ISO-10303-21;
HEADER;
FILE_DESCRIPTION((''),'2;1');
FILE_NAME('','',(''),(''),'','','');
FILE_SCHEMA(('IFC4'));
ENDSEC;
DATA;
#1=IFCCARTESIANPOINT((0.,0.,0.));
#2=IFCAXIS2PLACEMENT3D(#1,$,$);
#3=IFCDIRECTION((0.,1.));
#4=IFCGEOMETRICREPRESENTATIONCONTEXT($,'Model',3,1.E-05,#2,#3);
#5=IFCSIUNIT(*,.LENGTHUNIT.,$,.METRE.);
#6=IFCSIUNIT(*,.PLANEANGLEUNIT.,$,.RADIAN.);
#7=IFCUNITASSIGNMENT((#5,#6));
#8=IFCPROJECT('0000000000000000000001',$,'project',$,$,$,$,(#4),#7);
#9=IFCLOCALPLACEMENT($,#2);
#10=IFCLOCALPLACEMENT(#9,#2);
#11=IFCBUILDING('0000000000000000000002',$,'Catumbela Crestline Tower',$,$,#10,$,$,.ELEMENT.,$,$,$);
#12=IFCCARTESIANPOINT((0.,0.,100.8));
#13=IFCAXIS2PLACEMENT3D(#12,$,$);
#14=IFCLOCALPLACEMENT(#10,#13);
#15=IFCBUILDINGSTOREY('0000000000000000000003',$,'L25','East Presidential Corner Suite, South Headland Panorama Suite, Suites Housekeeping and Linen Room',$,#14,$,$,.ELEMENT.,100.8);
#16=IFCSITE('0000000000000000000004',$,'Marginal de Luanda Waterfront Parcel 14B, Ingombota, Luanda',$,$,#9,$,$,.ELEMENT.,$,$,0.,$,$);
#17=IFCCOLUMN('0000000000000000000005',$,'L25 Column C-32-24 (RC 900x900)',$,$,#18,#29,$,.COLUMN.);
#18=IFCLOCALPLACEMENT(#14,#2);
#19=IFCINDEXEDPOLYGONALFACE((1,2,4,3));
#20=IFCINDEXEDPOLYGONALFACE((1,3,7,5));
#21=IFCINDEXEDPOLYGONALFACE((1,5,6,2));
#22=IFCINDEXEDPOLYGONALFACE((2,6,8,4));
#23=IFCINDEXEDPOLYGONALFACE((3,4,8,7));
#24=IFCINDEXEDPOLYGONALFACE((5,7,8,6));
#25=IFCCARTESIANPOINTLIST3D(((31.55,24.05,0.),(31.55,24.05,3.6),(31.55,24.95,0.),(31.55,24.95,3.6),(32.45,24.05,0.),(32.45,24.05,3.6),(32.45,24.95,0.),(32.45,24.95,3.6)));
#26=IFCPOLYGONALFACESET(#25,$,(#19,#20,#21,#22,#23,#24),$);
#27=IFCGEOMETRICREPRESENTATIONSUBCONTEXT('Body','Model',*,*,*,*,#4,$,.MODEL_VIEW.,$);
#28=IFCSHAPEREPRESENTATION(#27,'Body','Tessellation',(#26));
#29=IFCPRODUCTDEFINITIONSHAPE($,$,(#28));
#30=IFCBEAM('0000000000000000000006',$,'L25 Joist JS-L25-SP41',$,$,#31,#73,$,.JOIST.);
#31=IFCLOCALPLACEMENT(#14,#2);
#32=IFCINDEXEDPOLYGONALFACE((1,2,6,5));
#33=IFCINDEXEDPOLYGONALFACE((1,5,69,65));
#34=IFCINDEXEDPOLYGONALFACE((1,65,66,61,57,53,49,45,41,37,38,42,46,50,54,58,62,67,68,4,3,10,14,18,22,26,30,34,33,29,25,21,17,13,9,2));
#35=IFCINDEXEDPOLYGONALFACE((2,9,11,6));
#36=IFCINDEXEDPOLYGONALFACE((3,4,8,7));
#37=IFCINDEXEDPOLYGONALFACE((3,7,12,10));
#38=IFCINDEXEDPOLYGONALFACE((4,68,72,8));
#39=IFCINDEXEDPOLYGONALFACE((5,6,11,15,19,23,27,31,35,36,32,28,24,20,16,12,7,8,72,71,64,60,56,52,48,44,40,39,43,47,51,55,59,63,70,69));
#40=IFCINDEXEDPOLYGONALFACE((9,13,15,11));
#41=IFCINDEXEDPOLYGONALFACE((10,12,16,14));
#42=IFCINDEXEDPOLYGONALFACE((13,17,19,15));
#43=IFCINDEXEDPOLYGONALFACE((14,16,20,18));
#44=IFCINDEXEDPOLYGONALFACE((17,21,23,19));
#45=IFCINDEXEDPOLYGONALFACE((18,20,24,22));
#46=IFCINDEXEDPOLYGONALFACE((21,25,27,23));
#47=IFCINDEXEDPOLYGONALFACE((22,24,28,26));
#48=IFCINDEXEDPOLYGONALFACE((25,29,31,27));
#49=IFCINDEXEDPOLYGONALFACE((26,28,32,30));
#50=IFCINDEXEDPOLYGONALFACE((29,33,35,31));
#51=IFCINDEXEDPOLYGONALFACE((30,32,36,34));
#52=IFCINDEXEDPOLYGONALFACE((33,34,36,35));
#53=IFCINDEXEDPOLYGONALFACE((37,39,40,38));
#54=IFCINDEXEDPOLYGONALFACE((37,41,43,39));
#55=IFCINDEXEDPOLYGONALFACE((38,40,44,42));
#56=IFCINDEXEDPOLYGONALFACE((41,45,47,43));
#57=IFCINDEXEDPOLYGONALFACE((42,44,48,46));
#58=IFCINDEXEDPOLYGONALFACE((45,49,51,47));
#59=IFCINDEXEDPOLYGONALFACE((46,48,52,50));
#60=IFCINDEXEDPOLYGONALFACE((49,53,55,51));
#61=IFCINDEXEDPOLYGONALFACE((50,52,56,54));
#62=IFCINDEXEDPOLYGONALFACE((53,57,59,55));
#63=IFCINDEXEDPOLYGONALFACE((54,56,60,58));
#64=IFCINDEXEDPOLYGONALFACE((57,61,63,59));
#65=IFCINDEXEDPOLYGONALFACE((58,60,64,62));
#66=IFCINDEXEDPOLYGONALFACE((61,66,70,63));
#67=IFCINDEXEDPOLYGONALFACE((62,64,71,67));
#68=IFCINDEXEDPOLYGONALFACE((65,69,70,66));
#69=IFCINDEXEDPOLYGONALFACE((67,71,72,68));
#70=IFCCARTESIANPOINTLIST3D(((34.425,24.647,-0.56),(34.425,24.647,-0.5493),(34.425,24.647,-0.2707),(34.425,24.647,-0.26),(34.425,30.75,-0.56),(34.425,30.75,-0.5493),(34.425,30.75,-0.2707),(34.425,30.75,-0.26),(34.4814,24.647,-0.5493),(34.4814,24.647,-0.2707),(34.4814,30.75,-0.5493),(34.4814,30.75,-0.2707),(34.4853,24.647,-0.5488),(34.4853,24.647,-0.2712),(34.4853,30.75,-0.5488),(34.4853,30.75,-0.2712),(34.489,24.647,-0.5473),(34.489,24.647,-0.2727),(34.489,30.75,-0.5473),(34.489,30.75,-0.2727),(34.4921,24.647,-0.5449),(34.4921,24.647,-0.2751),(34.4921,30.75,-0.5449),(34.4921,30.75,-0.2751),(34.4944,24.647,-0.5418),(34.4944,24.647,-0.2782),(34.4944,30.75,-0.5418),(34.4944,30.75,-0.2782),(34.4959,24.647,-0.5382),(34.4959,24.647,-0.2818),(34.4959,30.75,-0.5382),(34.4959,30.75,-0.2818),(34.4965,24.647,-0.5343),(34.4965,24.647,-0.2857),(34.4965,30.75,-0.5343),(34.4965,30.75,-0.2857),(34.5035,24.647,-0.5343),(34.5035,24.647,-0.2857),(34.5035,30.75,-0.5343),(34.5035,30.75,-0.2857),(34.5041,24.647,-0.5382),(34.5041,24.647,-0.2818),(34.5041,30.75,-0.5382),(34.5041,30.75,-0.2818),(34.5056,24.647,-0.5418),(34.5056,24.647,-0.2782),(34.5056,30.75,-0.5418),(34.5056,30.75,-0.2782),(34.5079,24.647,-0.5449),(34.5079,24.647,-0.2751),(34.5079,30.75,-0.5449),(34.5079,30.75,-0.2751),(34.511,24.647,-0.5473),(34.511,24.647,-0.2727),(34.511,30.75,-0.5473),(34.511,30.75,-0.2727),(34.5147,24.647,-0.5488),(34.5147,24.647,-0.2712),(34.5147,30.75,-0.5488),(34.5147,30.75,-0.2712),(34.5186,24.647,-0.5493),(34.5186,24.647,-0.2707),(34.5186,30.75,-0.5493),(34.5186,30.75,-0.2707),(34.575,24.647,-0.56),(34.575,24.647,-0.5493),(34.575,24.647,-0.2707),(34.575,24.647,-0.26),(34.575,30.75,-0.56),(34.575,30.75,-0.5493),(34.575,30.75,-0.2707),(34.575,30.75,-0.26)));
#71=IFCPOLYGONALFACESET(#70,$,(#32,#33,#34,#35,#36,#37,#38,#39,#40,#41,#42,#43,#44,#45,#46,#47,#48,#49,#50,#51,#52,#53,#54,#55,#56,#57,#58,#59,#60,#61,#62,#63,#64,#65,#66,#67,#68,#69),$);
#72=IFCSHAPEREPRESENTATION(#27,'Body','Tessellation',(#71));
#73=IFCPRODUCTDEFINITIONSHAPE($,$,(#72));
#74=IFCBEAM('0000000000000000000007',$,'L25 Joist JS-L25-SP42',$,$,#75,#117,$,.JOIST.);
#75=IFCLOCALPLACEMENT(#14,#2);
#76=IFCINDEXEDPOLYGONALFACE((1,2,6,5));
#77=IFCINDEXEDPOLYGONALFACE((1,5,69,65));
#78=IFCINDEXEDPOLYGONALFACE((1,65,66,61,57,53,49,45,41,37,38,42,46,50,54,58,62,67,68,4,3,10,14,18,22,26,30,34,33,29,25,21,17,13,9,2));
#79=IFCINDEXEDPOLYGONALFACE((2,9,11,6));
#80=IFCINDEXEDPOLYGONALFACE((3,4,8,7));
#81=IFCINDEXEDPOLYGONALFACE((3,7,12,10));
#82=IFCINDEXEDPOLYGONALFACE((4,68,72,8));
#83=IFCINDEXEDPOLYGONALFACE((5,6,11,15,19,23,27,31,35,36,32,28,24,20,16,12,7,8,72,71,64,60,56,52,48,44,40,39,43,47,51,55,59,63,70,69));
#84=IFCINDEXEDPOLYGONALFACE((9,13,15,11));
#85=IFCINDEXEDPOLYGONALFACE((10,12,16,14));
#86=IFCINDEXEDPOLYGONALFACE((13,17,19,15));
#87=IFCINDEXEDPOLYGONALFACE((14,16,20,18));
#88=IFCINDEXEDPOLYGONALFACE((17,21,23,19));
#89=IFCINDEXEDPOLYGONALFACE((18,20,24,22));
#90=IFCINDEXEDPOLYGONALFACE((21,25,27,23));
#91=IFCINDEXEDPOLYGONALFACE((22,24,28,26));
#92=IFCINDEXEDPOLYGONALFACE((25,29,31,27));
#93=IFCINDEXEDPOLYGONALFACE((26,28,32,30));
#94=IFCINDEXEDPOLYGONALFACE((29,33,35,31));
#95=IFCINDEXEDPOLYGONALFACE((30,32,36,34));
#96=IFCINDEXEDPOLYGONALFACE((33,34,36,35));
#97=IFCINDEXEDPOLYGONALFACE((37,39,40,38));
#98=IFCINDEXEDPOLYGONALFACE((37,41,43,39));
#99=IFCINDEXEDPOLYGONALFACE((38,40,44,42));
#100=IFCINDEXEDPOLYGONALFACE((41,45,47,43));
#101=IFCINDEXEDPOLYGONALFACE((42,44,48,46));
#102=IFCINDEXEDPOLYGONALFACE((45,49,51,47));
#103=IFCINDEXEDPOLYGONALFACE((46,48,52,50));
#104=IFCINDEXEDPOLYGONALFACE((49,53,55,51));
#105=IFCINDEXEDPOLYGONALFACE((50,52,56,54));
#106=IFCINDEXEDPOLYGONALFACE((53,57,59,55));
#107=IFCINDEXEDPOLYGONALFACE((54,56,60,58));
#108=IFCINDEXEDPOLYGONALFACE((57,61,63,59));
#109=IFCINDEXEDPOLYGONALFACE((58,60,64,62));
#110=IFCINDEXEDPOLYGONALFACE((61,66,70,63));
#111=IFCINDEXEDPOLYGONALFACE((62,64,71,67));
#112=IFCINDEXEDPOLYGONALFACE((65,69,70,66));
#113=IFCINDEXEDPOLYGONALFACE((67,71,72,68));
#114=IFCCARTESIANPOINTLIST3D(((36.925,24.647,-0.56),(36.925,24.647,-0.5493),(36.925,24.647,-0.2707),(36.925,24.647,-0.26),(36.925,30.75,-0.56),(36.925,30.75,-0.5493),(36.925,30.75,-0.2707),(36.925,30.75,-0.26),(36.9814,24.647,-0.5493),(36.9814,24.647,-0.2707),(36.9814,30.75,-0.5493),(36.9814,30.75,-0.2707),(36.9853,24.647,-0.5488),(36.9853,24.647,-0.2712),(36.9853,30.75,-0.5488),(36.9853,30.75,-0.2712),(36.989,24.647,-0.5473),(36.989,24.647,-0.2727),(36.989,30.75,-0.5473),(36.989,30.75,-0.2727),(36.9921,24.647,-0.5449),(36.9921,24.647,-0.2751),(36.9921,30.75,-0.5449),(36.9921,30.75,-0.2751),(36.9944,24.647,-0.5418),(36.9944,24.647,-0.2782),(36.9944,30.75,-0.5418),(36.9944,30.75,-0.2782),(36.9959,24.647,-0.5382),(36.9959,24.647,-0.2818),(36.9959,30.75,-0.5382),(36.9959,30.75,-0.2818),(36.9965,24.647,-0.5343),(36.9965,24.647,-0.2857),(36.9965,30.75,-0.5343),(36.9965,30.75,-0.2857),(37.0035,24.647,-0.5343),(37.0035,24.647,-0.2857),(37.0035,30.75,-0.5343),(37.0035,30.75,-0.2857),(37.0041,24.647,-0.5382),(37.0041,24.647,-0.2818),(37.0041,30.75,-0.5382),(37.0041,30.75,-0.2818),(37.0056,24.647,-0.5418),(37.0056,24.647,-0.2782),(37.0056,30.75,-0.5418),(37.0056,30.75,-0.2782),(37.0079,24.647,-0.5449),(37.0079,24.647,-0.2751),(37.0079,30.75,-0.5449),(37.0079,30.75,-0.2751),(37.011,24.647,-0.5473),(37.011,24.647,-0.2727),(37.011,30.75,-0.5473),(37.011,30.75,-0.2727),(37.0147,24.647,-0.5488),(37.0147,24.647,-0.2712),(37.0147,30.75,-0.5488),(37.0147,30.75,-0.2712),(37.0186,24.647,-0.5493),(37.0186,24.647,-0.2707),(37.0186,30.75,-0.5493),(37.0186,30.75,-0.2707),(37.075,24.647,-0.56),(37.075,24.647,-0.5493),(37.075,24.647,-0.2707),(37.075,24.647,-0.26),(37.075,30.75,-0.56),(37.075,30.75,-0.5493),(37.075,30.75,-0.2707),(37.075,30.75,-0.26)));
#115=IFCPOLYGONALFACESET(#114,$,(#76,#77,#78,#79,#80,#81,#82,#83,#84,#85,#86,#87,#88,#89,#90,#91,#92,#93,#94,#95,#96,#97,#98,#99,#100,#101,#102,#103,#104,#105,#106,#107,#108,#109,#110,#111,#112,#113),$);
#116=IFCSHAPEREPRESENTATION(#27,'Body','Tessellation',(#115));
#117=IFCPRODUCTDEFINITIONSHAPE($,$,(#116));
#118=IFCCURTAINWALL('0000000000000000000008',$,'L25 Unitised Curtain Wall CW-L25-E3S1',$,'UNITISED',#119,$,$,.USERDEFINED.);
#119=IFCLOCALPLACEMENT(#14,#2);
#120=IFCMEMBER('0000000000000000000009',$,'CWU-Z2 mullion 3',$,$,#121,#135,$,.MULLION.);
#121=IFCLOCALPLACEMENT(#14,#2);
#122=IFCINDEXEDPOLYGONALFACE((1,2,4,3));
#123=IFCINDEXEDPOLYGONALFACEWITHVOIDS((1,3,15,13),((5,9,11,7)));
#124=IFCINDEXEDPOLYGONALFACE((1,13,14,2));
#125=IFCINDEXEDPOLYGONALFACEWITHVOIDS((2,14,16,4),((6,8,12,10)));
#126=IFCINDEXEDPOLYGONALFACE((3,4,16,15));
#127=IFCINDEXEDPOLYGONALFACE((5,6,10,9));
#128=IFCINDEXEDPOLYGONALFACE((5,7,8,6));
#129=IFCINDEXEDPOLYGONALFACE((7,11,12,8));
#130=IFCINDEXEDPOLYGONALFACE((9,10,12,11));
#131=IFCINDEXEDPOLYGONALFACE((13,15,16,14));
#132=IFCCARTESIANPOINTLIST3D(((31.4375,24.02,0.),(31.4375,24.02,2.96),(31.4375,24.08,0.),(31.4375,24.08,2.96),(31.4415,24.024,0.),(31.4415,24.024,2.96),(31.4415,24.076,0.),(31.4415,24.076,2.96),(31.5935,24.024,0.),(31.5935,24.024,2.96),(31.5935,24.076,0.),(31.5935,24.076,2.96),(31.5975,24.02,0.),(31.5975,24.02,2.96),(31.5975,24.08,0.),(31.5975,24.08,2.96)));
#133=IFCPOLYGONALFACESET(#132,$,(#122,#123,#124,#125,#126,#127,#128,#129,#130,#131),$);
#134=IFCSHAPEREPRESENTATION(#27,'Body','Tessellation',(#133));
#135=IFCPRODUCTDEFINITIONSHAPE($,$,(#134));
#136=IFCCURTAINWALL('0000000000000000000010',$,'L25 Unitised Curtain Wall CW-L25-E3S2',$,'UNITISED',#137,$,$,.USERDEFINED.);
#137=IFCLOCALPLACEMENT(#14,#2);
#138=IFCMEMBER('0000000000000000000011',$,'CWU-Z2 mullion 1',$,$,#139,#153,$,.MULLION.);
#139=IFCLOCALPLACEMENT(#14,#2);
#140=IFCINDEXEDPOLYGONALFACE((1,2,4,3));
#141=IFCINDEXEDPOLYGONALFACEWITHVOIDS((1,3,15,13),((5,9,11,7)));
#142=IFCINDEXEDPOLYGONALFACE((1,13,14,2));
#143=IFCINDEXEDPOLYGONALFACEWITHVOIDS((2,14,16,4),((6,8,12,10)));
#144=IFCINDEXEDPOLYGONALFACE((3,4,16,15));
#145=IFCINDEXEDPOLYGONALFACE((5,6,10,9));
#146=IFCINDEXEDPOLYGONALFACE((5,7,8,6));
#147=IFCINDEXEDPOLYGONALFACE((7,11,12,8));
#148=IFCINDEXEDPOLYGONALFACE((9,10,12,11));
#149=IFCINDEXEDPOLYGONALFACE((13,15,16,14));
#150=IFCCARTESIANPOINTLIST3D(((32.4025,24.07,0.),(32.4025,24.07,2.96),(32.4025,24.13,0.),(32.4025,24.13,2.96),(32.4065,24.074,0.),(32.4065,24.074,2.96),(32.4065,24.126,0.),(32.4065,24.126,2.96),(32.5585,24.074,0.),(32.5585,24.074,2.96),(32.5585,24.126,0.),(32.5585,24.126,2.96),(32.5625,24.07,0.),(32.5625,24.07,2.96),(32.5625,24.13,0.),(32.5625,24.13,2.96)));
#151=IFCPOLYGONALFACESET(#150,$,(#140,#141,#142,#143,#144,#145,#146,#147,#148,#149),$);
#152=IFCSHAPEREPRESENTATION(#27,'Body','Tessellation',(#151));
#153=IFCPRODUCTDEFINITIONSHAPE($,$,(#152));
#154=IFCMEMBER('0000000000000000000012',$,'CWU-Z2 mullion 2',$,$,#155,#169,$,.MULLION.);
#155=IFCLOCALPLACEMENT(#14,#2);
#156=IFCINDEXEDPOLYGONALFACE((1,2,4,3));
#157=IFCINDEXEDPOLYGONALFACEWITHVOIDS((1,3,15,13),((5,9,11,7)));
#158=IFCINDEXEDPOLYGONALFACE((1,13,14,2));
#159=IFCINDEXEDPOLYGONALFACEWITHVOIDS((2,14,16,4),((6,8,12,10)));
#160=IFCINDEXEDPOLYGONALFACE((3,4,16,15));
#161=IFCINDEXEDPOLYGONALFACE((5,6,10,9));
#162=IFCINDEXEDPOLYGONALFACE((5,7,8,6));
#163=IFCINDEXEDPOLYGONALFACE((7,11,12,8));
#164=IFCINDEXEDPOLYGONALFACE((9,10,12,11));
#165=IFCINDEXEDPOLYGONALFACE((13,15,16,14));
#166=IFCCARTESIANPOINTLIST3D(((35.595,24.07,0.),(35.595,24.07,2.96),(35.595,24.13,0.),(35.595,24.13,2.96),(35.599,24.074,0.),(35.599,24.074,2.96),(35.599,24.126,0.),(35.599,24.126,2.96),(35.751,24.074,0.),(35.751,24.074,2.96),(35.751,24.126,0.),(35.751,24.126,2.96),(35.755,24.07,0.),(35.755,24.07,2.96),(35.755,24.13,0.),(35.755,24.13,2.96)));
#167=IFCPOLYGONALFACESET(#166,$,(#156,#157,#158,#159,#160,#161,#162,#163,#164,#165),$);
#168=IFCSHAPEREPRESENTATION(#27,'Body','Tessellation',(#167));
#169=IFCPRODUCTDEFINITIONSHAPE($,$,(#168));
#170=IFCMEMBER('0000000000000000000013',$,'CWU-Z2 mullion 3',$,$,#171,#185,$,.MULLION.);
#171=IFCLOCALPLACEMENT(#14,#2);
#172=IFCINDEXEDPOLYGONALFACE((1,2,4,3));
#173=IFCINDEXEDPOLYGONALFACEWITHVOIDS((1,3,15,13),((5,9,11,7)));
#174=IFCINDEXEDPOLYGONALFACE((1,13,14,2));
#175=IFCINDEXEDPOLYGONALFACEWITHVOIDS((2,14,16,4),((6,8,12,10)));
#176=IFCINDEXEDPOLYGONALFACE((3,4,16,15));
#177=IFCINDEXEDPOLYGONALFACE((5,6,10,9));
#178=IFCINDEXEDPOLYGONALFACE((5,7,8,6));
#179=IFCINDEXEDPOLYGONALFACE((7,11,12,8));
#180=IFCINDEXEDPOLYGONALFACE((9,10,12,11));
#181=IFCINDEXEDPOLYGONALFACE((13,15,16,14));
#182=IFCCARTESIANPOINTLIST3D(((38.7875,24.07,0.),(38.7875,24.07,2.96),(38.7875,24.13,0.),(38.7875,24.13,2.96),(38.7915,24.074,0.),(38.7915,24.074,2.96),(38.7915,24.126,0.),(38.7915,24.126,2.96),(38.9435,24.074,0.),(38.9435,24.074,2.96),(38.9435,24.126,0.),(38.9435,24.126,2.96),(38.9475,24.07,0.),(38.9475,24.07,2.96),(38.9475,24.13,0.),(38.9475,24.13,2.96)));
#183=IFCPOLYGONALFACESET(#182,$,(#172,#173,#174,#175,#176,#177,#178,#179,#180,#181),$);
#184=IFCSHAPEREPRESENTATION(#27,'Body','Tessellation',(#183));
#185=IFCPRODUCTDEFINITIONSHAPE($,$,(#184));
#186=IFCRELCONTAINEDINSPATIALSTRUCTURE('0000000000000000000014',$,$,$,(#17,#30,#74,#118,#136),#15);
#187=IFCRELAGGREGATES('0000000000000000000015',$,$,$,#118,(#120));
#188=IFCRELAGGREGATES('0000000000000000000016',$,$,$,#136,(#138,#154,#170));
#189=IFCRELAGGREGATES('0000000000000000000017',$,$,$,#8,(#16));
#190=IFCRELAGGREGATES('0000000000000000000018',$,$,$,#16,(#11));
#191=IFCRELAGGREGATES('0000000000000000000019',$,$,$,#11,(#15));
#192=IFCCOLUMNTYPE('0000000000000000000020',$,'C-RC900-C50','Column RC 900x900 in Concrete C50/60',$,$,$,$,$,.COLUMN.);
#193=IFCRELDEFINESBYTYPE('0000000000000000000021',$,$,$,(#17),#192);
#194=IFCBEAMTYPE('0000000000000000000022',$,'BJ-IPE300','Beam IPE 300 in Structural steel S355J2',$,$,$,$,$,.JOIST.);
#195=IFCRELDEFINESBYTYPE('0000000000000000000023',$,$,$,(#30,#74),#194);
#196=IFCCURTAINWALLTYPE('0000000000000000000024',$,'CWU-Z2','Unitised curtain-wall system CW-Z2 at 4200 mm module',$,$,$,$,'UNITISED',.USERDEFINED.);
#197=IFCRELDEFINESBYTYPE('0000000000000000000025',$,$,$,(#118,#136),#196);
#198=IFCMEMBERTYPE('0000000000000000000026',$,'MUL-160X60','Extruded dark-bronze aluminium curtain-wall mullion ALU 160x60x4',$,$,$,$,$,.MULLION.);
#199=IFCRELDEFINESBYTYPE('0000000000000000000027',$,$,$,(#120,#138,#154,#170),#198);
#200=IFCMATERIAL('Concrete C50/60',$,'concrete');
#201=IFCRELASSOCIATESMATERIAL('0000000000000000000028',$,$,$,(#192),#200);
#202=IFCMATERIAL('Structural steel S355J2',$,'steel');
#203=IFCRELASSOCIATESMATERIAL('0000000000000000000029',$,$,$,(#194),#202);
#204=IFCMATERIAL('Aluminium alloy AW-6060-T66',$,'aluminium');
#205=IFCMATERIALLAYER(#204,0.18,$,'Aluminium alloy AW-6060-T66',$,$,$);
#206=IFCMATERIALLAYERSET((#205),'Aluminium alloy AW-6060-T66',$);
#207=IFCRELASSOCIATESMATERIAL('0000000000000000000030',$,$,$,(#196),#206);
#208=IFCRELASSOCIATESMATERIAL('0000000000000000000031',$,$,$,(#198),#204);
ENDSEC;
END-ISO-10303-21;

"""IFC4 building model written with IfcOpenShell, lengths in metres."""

from ifc_helpers import new_model, si_unit, direction, frame, origin, origin_2d, place, context, subcontext, project, spatial, rectangle, hollow_rectangle, i_section, extrude, material, layer, layer_set, material_profile, profile_set, type_object, element, aggregate, save


model = new_model("IFC4")

# Units and contexts
model_context = context("Model", 3, precision=1e-05, world=origin(), true_north=direction((0.0, 1.0)))
body_context = subcontext(model_context, "Body", "Model", "MODEL_VIEW")
ifc_project = project(units=[si_unit("LENGTHUNIT", "METRE"), si_unit("PLANEANGLEUNIT", "RADIAN")], contexts=[model_context])

# Site, building, storey
site_placement = place(None, origin())
site = spatial("IfcSite", under=ifc_project, at=site_placement, Name="Marginal de Luanda Waterfront Parcel 14B, Ingombota, Luanda", CompositionType="ELEMENT", RefElevation=0.0)
building_placement = place(site_placement, origin())
building = spatial("IfcBuilding", under=site, at=building_placement, Name="Catumbela Crestline Tower", CompositionType="ELEMENT")
storey_placement = place(building_placement, frame((0.0, 0.0, 100.8)))
storey = spatial("IfcBuildingStorey", under=building, at=storey_placement, Name="L25", Description="East Presidential Corner Suite, South Headland Panorama Suite, Suites Housekeeping and Linen Room", CompositionType="ELEMENT", Elevation=100.8)

# Column
ifc_material_1 = material(Name="Concrete C50/60", Category="concrete")
ifc_material_profile_1 = material_profile(ifc_material_1, rectangle(XDim=0.9, YDim=0.9, at=origin_2d()), Name="RC 900x900")
ifc_profile_set_1 = profile_set([ifc_material_profile_1], Name="Concrete C50/60")
column_type = type_object("IfcColumnType", Name="C-RC900-C50", Description="Column RC 900x900 in Concrete C50/60", PredefinedType="COLUMN", material=ifc_profile_set_1)
column_placement = place(storey_placement, frame((32.0, 24.5, 0.0), z_axis=(0.0, 0.0, 1.0), x_axis=(1.0, 0.0, 0.0)))
element("IfcColumn", 1, at=column_placement, inside=storey, type_object=column_type, Name="L25 Column C-32-24 (RC 900x900)", PredefinedType="COLUMN", context=body_context, shape_type="SweptSolid", body=[
    extrude(rectangle(XDim=0.9, YDim=0.9, at=origin_2d()), origin(), (0.0, 0.0, 1.0), 3.6),
])

# Beams
ifc_material_2 = material(Name="Structural steel S355J2", Category="steel")
ifc_material_profile_2 = material_profile(ifc_material_2, i_section(OverallWidth=0.15, OverallDepth=0.3, WebThickness=0.0071, FlangeThickness=0.0107, FilletRadius=0.015, at=origin_2d()), Name="IPE 300")
ifc_profile_set_2 = profile_set([ifc_material_profile_2], Name="Structural steel S355J2")
beam_type_1 = type_object("IfcBeamType", Name="BJ-IPE300", Description="Beam IPE 300 in Structural steel S355J2", PredefinedType="JOIST", material=ifc_profile_set_2)
for number, where, z_axis, x_axis, name in (
    (2, (34.5, 24.647, -0.41), (0.0, 1.0, 0.0), (-1.0, 0.0, 0.0), "L25 Joist JS-L25-SP41"),
    (3, (37.0, 24.647, -0.41), (0.0, 1.0, 0.0), (-1.0, 0.0, 0.0), "L25 Joist JS-L25-SP42"),
):
    element("IfcBeam", number, at=place(storey_placement, frame(where, z_axis=z_axis, x_axis=x_axis)), inside=storey, type_object=beam_type_1, Name=name, PredefinedType="JOIST", context=body_context, shape_type="SweptSolid", body=[
        extrude(i_section(OverallWidth=0.15, OverallDepth=0.3, WebThickness=0.0071, FlangeThickness=0.0107, FilletRadius=0.015, at=origin_2d()), origin(), (0.0, 0.0, 1.0), 6.103),
    ])

# Curtain wall, member
ifc_material_3 = material(Name="Aluminium alloy AW-6060-T66", Category="aluminium")
ifc_layer_1 = layer(ifc_material_3, 0.18, Name="Aluminium alloy AW-6060-T66")
ifc_layer_set_1 = layer_set([ifc_layer_1], Name="Aluminium alloy AW-6060-T66")
curtain_wall_type = type_object("IfcCurtainWallType", Name="CWU-Z2", Description="Unitised curtain-wall system CW-Z2 at 4200 mm module", ElementType="UNITISED", PredefinedType="USERDEFINED", material=ifc_layer_set_1)
curtain_wall_1_placement = place(storey_placement, origin())
curtain_wall_1 = element("IfcCurtainWall", 4, at=curtain_wall_1_placement, inside=storey, type_object=curtain_wall_type, Name="L25 Unitised Curtain Wall CW-L25-E3S1", ObjectType="UNITISED", PredefinedType="USERDEFINED")
ifc_material_profile_3 = material_profile(ifc_material_3, hollow_rectangle(XDim=0.06, YDim=0.16, WallThickness=0.004, at=origin_2d()), Name="ALU 160x60x4")
ifc_profile_set_3 = profile_set([ifc_material_profile_3], Name="Aluminium alloy AW-6060-T66")
member_type_1 = type_object("IfcMemberType", Name="MUL-160X60", Description="Extruded dark-bronze aluminium curtain-wall mullion ALU 160x60x4", PredefinedType="MULLION", material=ifc_profile_set_3)
member_1_placement = place(storey_placement, frame((31.5175, 24.05, 0.0), z_axis=(0.0, 0.0, 1.0), x_axis=(0.0, 1.0, 0.0)))
member_1 = element("IfcMember", 5, at=member_1_placement, type_object=member_type_1, Name="CWU-Z2 mullion 3", PredefinedType="MULLION", context=body_context, shape_type="SweptSolid", body=[
    extrude(hollow_rectangle(XDim=0.06, YDim=0.16, WallThickness=0.004, at=origin_2d()), origin(), (0.0, 0.0, 1.0), 2.96),
])

# Curtain wall, members
curtain_wall_2_placement = place(storey_placement, origin())
curtain_wall_2 = element("IfcCurtainWall", 6, at=curtain_wall_2_placement, inside=storey, type_object=curtain_wall_type, Name="L25 Unitised Curtain Wall CW-L25-E3S2", ObjectType="UNITISED", PredefinedType="USERDEFINED")
member_2_placement = place(storey_placement, frame((32.4825, 24.1, 0.0), z_axis=(0.0, 0.0, 1.0), x_axis=(0.0, 1.0, 0.0)))
member_2 = element("IfcMember", 7, at=member_2_placement, type_object=member_type_1, Name="CWU-Z2 mullion 1", PredefinedType="MULLION", context=body_context, shape_type="SweptSolid", body=[
    extrude(hollow_rectangle(XDim=0.06, YDim=0.16, WallThickness=0.004, at=origin_2d()), origin(), (0.0, 0.0, 1.0), 2.96),
])
member_3_placement = place(storey_placement, frame((35.675, 24.1, 0.0), z_axis=(0.0, 0.0, 1.0), x_axis=(0.0, 1.0, 0.0)))
member_3 = element("IfcMember", 8, at=member_3_placement, type_object=member_type_1, Name="CWU-Z2 mullion 2", PredefinedType="MULLION", context=body_context, shape_type="SweptSolid", body=[
    extrude(hollow_rectangle(XDim=0.06, YDim=0.16, WallThickness=0.004, at=origin_2d()), origin(), (0.0, 0.0, 1.0), 2.96),
])
member_4_placement = place(storey_placement, frame((38.8675, 24.1, 0.0), z_axis=(0.0, 0.0, 1.0), x_axis=(0.0, 1.0, 0.0)))
member_4 = element("IfcMember", 9, at=member_4_placement, type_object=member_type_1, Name="CWU-Z2 mullion 3", PredefinedType="MULLION", context=body_context, shape_type="SweptSolid", body=[
    extrude(hollow_rectangle(XDim=0.06, YDim=0.16, WallThickness=0.004, at=origin_2d()), origin(), (0.0, 0.0, 1.0), 2.96),
])

aggregate(curtain_wall_1, [member_1])
aggregate(curtain_wall_2, [member_2, member_3, member_4])

save(model, "model.ifc")
